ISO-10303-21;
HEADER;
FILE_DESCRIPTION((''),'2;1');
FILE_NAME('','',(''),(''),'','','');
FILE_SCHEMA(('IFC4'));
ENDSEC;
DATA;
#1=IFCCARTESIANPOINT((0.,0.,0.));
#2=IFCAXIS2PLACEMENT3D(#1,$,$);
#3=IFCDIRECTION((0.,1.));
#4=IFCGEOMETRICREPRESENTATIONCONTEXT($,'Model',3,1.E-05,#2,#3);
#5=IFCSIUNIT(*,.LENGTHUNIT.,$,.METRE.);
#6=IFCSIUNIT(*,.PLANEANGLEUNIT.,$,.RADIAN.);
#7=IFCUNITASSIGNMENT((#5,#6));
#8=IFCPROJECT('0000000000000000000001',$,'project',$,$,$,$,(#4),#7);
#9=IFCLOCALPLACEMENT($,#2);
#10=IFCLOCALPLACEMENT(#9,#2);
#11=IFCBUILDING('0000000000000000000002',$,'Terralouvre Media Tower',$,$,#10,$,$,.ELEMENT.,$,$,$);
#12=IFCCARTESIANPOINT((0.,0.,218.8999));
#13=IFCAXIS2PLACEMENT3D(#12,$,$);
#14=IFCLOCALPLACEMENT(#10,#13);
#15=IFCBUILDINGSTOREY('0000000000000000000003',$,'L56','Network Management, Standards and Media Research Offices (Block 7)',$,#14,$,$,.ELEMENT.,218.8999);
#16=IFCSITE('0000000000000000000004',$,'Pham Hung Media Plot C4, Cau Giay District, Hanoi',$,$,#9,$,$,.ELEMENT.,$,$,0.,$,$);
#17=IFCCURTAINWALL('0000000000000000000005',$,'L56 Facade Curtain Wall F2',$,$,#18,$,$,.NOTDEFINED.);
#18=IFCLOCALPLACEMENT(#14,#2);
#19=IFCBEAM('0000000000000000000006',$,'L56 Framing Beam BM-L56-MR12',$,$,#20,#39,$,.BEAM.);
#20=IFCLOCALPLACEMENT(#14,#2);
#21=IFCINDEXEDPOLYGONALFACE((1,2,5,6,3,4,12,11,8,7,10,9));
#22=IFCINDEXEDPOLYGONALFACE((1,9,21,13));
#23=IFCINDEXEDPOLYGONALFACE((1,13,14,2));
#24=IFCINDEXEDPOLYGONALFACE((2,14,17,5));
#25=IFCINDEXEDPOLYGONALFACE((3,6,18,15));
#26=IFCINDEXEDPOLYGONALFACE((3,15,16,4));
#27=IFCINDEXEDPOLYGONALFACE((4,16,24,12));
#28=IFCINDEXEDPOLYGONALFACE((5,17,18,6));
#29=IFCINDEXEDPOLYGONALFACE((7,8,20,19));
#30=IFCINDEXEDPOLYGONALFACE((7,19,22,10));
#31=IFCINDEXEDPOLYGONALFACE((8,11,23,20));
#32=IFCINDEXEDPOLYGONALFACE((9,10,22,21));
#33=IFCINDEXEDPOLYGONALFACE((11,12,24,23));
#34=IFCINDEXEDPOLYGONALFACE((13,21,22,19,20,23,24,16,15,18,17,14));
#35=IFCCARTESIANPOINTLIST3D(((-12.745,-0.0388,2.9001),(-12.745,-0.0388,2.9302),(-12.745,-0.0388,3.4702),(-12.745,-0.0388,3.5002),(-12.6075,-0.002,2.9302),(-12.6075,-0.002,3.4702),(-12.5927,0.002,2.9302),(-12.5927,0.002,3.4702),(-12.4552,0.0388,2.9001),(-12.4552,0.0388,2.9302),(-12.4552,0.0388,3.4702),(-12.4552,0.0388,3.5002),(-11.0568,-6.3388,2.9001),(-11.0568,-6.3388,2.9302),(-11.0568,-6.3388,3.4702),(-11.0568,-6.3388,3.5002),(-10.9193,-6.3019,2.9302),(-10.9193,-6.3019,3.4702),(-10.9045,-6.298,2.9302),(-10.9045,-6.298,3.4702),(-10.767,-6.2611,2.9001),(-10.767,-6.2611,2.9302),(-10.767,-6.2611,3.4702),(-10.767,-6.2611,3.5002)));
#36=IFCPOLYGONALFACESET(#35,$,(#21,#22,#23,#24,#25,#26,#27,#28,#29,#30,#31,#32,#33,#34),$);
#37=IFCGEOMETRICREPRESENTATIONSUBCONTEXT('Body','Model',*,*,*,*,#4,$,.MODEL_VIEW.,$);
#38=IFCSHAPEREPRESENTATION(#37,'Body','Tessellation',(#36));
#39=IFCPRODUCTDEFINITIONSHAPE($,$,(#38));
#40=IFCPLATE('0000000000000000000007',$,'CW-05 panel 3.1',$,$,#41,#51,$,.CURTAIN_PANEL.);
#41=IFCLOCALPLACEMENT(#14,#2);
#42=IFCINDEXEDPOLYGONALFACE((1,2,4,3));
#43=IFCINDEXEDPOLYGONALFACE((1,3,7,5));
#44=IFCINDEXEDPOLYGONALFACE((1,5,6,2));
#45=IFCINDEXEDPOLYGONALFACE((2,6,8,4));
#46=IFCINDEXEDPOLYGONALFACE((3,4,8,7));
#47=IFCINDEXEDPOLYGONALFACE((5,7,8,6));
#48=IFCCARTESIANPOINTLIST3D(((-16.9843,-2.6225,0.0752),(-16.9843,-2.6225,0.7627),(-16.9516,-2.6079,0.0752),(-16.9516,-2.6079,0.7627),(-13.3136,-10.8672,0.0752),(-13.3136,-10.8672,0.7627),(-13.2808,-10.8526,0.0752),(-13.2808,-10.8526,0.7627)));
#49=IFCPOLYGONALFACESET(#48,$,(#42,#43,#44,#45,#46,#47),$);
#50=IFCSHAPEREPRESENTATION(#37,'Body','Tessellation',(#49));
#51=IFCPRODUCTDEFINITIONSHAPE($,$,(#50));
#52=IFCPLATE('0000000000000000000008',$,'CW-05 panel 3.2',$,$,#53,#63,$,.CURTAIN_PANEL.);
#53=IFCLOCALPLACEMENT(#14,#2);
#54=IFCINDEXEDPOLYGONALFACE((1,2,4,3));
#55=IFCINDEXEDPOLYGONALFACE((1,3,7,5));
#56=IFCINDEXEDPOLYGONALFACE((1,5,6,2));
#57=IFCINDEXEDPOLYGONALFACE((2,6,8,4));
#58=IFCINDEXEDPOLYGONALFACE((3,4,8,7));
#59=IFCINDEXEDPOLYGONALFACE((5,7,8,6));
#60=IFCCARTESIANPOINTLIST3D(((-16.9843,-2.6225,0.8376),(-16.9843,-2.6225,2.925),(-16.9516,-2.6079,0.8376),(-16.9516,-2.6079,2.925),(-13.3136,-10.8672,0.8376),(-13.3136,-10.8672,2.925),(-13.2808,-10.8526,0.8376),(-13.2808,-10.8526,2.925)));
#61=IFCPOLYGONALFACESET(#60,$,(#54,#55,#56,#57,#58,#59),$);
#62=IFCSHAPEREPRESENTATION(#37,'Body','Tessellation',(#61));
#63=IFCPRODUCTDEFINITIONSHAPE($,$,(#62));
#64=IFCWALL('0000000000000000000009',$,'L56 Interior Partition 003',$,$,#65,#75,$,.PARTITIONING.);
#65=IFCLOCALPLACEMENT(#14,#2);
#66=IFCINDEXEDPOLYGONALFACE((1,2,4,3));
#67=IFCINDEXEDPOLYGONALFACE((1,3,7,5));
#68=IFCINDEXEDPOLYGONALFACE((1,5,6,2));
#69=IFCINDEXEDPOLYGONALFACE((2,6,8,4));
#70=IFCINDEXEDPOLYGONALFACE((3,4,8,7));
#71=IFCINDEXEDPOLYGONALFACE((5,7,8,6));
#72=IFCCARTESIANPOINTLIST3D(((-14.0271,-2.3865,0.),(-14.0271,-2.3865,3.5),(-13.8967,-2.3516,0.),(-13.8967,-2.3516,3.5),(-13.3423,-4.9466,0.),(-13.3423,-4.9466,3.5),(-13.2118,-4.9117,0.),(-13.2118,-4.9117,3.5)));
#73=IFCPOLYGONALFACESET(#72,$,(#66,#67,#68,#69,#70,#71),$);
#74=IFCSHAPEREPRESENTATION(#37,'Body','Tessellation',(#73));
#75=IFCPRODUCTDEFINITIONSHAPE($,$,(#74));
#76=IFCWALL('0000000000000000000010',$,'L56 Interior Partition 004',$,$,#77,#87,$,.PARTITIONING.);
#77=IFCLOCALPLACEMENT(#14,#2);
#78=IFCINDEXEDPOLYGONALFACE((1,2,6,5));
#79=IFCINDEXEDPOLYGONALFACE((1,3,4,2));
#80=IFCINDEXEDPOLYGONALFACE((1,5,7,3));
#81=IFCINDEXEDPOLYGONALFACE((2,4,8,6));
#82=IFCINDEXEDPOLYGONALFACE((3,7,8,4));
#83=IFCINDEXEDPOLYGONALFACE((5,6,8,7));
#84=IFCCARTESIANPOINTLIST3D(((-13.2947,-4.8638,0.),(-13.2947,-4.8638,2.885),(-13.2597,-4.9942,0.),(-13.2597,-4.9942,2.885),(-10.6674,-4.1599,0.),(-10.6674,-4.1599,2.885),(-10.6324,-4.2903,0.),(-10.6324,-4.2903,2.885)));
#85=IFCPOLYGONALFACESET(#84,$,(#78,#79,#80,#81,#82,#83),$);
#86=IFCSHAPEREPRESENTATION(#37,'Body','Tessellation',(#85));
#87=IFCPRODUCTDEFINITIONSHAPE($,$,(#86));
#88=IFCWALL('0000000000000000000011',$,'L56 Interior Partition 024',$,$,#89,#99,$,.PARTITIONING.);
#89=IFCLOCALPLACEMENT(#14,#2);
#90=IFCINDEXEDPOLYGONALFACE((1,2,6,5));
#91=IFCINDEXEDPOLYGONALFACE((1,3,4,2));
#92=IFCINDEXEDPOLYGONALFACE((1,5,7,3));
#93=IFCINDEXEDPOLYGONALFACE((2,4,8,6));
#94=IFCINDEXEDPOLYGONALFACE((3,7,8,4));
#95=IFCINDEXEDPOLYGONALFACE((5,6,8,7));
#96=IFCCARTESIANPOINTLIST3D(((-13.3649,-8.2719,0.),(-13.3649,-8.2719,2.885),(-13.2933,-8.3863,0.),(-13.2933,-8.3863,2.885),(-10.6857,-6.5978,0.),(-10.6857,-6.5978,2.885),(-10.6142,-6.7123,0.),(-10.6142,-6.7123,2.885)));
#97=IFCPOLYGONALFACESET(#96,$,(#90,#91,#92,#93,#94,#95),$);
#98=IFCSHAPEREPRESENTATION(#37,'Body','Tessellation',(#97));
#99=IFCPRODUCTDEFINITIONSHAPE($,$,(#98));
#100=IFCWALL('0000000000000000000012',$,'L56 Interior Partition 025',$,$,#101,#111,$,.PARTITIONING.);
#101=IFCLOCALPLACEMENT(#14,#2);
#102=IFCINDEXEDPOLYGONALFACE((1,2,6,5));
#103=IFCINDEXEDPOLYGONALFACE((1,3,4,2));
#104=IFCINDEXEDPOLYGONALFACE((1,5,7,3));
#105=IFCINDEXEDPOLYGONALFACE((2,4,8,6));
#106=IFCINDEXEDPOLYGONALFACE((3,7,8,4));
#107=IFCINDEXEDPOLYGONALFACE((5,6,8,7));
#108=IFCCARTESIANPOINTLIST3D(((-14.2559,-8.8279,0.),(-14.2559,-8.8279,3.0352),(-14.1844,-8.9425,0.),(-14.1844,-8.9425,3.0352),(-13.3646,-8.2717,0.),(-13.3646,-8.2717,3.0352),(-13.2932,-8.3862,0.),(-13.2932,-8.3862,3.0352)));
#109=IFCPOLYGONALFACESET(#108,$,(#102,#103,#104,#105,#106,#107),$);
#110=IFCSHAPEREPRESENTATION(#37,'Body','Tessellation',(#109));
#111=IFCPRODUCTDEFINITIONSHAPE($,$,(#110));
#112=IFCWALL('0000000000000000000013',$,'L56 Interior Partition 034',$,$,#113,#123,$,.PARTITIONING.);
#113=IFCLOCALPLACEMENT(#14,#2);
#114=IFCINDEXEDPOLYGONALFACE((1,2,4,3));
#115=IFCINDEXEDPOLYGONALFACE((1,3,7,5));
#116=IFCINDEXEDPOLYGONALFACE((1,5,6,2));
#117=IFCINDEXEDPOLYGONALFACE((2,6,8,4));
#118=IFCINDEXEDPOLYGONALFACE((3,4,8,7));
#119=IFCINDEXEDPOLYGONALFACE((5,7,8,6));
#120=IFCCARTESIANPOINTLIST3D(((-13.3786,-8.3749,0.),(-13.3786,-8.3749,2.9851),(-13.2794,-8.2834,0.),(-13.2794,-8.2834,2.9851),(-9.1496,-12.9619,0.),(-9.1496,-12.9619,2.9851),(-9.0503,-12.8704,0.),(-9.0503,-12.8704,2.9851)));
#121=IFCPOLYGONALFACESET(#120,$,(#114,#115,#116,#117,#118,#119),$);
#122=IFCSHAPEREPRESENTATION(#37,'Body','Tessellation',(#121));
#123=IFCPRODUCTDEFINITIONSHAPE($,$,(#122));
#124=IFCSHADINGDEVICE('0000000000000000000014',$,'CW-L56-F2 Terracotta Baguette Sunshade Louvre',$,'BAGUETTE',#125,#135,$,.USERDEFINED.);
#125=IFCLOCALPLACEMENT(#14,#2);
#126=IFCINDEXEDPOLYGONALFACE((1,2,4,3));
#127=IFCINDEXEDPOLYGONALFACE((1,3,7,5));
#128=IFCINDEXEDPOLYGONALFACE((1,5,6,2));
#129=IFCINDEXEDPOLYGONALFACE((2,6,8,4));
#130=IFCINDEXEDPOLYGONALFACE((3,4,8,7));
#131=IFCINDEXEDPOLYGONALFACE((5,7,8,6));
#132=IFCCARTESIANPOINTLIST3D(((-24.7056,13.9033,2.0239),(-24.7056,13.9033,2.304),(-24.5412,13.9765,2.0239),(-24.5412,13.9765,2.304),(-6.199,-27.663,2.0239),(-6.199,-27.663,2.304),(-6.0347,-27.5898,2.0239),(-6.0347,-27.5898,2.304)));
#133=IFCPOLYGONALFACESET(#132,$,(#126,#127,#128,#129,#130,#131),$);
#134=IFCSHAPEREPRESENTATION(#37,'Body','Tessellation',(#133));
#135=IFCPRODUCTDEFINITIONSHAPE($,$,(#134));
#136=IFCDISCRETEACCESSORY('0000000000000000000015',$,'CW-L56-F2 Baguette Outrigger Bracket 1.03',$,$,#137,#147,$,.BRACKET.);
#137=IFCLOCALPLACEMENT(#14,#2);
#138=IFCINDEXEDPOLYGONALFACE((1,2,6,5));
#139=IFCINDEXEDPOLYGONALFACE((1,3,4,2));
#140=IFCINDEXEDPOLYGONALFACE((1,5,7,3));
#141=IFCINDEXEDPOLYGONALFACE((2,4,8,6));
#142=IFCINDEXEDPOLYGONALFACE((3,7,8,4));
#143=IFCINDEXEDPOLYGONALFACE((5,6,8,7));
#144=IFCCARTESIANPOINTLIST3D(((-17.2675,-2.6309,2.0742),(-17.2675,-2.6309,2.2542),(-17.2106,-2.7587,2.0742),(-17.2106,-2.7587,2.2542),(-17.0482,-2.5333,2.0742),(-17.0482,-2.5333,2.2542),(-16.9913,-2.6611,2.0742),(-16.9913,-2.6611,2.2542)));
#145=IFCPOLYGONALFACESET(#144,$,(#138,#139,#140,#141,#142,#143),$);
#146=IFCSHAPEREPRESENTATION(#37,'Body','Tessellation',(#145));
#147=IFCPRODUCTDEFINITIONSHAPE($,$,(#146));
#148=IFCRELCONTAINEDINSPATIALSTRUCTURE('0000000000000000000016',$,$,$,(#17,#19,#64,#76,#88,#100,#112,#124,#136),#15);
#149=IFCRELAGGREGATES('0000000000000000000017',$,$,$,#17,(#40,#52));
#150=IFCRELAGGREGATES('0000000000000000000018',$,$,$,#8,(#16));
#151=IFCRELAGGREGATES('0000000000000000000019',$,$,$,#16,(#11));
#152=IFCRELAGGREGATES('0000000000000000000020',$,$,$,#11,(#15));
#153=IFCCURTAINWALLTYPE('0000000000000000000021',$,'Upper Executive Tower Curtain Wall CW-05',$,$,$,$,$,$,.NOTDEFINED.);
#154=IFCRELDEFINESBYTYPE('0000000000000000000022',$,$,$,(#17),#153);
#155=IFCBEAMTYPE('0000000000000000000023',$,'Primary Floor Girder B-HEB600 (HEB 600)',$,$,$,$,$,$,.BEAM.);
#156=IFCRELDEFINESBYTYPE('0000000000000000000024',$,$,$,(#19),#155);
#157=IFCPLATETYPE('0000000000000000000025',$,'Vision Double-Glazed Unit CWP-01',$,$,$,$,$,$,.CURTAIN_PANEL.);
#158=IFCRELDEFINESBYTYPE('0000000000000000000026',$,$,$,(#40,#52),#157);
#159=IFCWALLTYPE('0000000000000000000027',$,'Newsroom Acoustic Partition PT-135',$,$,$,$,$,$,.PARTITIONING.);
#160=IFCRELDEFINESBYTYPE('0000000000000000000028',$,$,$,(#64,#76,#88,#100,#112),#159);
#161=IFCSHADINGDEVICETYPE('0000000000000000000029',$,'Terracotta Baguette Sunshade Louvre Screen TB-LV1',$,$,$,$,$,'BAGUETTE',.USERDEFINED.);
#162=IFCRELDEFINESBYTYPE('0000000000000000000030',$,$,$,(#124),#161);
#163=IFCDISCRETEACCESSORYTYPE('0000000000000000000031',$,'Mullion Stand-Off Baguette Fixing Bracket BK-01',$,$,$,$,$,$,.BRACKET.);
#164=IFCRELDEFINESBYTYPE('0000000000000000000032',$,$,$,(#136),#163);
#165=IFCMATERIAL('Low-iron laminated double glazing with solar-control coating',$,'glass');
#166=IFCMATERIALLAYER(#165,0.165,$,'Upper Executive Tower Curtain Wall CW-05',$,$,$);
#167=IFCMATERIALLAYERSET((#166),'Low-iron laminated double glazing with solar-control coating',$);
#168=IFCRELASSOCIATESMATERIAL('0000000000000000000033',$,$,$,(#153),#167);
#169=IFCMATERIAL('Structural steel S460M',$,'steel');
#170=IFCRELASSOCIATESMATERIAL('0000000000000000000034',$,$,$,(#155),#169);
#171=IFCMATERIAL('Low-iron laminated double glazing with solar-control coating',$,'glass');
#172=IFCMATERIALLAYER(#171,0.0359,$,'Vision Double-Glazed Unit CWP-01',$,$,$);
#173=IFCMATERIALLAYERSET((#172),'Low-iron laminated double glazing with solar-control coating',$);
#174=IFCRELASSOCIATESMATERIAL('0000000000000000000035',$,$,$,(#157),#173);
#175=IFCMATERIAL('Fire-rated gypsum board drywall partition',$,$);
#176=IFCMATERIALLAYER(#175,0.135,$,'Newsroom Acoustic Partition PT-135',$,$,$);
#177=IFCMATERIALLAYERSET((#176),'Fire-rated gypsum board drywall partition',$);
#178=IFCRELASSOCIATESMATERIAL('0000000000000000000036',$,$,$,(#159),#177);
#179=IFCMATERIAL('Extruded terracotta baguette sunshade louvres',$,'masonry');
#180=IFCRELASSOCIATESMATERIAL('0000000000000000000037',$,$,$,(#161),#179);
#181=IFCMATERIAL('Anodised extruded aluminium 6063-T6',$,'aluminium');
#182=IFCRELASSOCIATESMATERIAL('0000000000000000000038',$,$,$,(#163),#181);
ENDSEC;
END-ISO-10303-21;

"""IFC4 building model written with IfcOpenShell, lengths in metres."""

from ifc_helpers import new_model, si_unit, direction, frame, frame_2d, origin, origin_2d, place, context, subcontext, project, spatial, rectangle, i_section, extrude, material, layer, layer_set, material_profile, profile_set, type_object, element, aggregate, save


model = new_model("IFC4")

# Units and contexts
model_context = context("Model", 3, precision=1e-05, world=origin(), true_north=direction((0.0, 1.0)))
body_context = subcontext(model_context, "Body", "Model", "MODEL_VIEW")
ifc_project = project(units=[si_unit("LENGTHUNIT", "METRE"), si_unit("PLANEANGLEUNIT", "RADIAN")], contexts=[model_context])

# Site, building, storey
site_placement = place(None, origin())
site = spatial("IfcSite", under=ifc_project, at=site_placement, Name="Pham Hung Media Plot C4, Cau Giay District, Hanoi", CompositionType="ELEMENT", RefElevation=0.0)
building_placement = place(site_placement, origin())
building = spatial("IfcBuilding", under=site, at=building_placement, Name="Terralouvre Media Tower", CompositionType="ELEMENT")
storey_placement = place(building_placement, frame((0.0, 0.0, 218.8999)))
storey = spatial("IfcBuildingStorey", under=building, at=storey_placement, Name="L56", Description="Network Management, Standards and Media Research Offices (Block 7)", CompositionType="ELEMENT", Elevation=218.8999)

# Curtain wall
ifc_material_1 = material(Name="Low-iron laminated double glazing with solar-control coating", Category="glass")
ifc_layer_1 = layer(ifc_material_1, 0.165, Name="Upper Executive Tower Curtain Wall CW-05")
ifc_layer_set_1 = layer_set([ifc_layer_1], Name="Low-iron laminated double glazing with solar-control coating")
curtain_wall_type = type_object("IfcCurtainWallType", Name="Upper Executive Tower Curtain Wall CW-05", PredefinedType="NOTDEFINED", material=ifc_layer_set_1)
curtain_wall_placement = place(storey_placement, origin())
curtain_wall = element("IfcCurtainWall", 1, at=curtain_wall_placement, inside=storey, type_object=curtain_wall_type, Name="L56 Facade Curtain Wall F2", PredefinedType="NOTDEFINED")

# Beam
ifc_material_2 = material(Name="Structural steel S460M", Category="steel")
ifc_material_profile_1 = material_profile(ifc_material_2, i_section(OverallWidth=0.3, OverallDepth=0.6001, WebThickness=0.0154, FlangeThickness=0.03, at=origin_2d()), Name="HEB 600")
ifc_profile_set_1 = profile_set([ifc_material_profile_1], Name="Structural steel S460M")
beam_type_1 = type_object("IfcBeamType", Name="Primary Floor Girder B-HEB600 (HEB 600)", PredefinedType="BEAM", material=ifc_profile_set_1)
beam_1_placement = place(storey_placement, frame((-12.6001, 0.0, 3.2002), z_axis=(0.258839, -0.96592, 0.0), x_axis=(0.96592, 0.258839, 0.0)))
element("IfcBeam", 2, at=beam_1_placement, inside=storey, type_object=beam_type_1, Name="L56 Framing Beam BM-L56-MR12", PredefinedType="BEAM", context=body_context, shape_type="SweptSolid", body=[
    extrude(i_section(OverallWidth=0.3, OverallDepth=0.6001, WebThickness=0.0154, FlangeThickness=0.03, at=origin_2d()), origin(), (0.0, 0.0, 1.0), 6.5222),
])

# Plates
ifc_material_3 = material(Name="Low-iron laminated double glazing with solar-control coating", Category="glass")
ifc_layer_2 = layer(ifc_material_3, 0.0359, Name="Vision Double-Glazed Unit CWP-01")
ifc_layer_set_2 = layer_set([ifc_layer_2], Name="Low-iron laminated double glazing with solar-control coating")
plate_type = type_object("IfcPlateType", Name="Vision Double-Glazed Unit CWP-01", PredefinedType="CURTAIN_PANEL", material=ifc_layer_set_2)
plate_1_placement = place(storey_placement, frame((-15.1326, -6.7375, 0.0752), z_axis=(0.0, 0.0, 1.0), x_axis=(0.406737, -0.913545, 0.0)))
plate_1 = element("IfcPlate", 3, at=plate_1_placement, type_object=plate_type, Name="CW-05 panel 3.1", PredefinedType="CURTAIN_PANEL", context=body_context, shape_type="SweptSolid", body=[
    extrude(rectangle(XDim=9.0249, YDim=0.0359, at=origin_2d()), origin(), (0.0, 0.0, 1.0), 0.6875),
])
plate_2_placement = place(storey_placement, frame((-15.1326, -6.7375, 0.8376), z_axis=(0.0, 0.0, 1.0), x_axis=(0.406737, -0.913545, 0.0)))
plate_2 = element("IfcPlate", 4, at=plate_2_placement, type_object=plate_type, Name="CW-05 panel 3.2", PredefinedType="CURTAIN_PANEL", context=body_context, shape_type="SweptSolid", body=[
    extrude(rectangle(XDim=9.0249, YDim=0.0359, at=origin_2d()), origin(), (0.0, 0.0, 1.0), 2.0874),
])
aggregate(curtain_wall, [plate_1, plate_2])

# Walls
ifc_material_4 = material(Name="Fire-rated gypsum board drywall partition")
ifc_layer_3 = layer(ifc_material_4, 0.135, Name="Newsroom Acoustic Partition PT-135")
ifc_layer_set_3 = layer_set([ifc_layer_3], Name="Fire-rated gypsum board drywall partition")
wall_type = type_object("IfcWallType", Name="Newsroom Acoustic Partition PT-135", PredefinedType="PARTITIONING", material=ifc_layer_set_3)
wall_1_placement = place(storey_placement, frame((-13.9619, -2.3689, 0.0), z_axis=(0.0, 0.0, 1.0), x_axis=(0.258414, -0.966034, 0.0)))
element("IfcWall", 5, at=wall_1_placement, inside=storey, type_object=wall_type, Name="L56 Interior Partition 003", PredefinedType="PARTITIONING", context=body_context, shape_type="SweptSolid", body=[
    extrude(rectangle(XDim=2.6501, YDim=0.135, at=frame_2d((1.3252, 0.0))), origin(), (0.0, 0.0, 1.0), 3.5),
])
wall_2_placement = place(storey_placement, frame((-13.2771, -4.929, 0.0), z_axis=(0.0, 0.0, 1.0), x_axis=(0.965935, 0.258785, 0.0)))
element("IfcWall", 6, at=wall_2_placement, inside=storey, type_object=wall_type, Name="L56 Interior Partition 004", PredefinedType="PARTITIONING", context=body_context, shape_type="SweptSolid", body=[
    extrude(rectangle(XDim=2.72, YDim=0.135, at=frame_2d((1.3599, 0.0))), origin(), (0.0, 0.0, 1.0), 2.885),
])
wall_3_placement = place(storey_placement, frame((-13.3291, -8.3291, 0.0), z_axis=(0.0, 0.0, 1.0), x_axis=(0.848059, 0.529902, 0.0)))
element("IfcWall", 7, at=wall_3_placement, inside=storey, type_object=wall_type, Name="L56 Interior Partition 024", PredefinedType="PARTITIONING", context=body_context, shape_type="SweptSolid", body=[
    extrude(rectangle(XDim=3.1592, YDim=0.135, at=frame_2d((1.5796, 0.0))), origin(), (0.0, 0.0, 1.0), 2.885),
])
wall_4_placement = place(storey_placement, frame((-14.2202, -8.8853, 0.0), z_axis=(0.0, 0.0, 1.0), x_axis=(0.848338, 0.529456, 0.0)))
element("IfcWall", 8, at=wall_4_placement, inside=storey, type_object=wall_type, Name="L56 Interior Partition 025", PredefinedType="PARTITIONING", context=body_context, shape_type="SweptSolid", body=[
    extrude(rectangle(XDim=1.0505, YDim=0.135, at=frame_2d((0.5254, 0.0))), origin(), (0.0, 0.0, 1.0), 3.0352),
])
wall_5_placement = place(storey_placement, frame((-13.3291, -8.3291, 0.0), z_axis=(0.0, 0.0, 1.0), x_axis=(0.677841, -0.735208, 0.0)))
element("IfcWall", 9, at=wall_5_placement, inside=storey, type_object=wall_type, Name="L56 Interior Partition 034", PredefinedType="PARTITIONING", context=body_context, shape_type="SweptSolid", body=[
    extrude(rectangle(XDim=6.239, YDim=0.135, at=frame_2d((3.1196, 0.0))), origin(), (0.0, 0.0, 1.0), 2.9851),
])

# Shading device
ifc_material_5 = material(Name="Extruded terracotta baguette sunshade louvres", Category="masonry")
shading_device_type = type_object("IfcShadingDeviceType", Name="Terracotta Baguette Sunshade Louvre Screen TB-LV1", ElementType="BAGUETTE", PredefinedType="USERDEFINED", material=ifc_material_5)
shading_device_placement = place(storey_placement, frame((-15.3701, -6.8433, 2.0239), z_axis=(0.0, 0.0, 1.0), x_axis=(0.406737, -0.913545, 0.0)))
element("IfcShadingDevice", 10, at=shading_device_placement, inside=storey, type_object=shading_device_type, Name="CW-L56-F2 Terracotta Baguette Sunshade Louvre", ObjectType="BAGUETTE", PredefinedType="USERDEFINED", context=body_context, shape_type="SweptSolid", body=[
    extrude(rectangle(XDim=45.5, YDim=0.1799, at=origin_2d()), origin(), (0.0, 0.0, 1.0), 0.28),
])

# Discrete accessory
ifc_material_6 = material(Name="Anodised extruded aluminium 6063-T6", Category="aluminium")
discrete_accessory_type = type_object("IfcDiscreteAccessoryType", Name="Mullion Stand-Off Baguette Fixing Bracket BK-01", PredefinedType="BRACKET", material=ifc_material_6)
discrete_accessory_placement = place(storey_placement, frame((-17.1294, -2.646, 2.0742), z_axis=(0.0, 0.0, 1.0), x_axis=(0.406737, -0.913545, 0.0)))
element("IfcDiscreteAccessory", 11, at=discrete_accessory_placement, inside=storey, type_object=discrete_accessory_type, Name="CW-L56-F2 Baguette Outrigger Bracket 1.03", PredefinedType="BRACKET", context=body_context, shape_type="SweptSolid", body=[
    extrude(rectangle(XDim=0.1399, YDim=0.24, at=origin_2d()), origin(), (0.0, 0.0, 1.0), 0.1799),
])

save(model, "model.ifc")
